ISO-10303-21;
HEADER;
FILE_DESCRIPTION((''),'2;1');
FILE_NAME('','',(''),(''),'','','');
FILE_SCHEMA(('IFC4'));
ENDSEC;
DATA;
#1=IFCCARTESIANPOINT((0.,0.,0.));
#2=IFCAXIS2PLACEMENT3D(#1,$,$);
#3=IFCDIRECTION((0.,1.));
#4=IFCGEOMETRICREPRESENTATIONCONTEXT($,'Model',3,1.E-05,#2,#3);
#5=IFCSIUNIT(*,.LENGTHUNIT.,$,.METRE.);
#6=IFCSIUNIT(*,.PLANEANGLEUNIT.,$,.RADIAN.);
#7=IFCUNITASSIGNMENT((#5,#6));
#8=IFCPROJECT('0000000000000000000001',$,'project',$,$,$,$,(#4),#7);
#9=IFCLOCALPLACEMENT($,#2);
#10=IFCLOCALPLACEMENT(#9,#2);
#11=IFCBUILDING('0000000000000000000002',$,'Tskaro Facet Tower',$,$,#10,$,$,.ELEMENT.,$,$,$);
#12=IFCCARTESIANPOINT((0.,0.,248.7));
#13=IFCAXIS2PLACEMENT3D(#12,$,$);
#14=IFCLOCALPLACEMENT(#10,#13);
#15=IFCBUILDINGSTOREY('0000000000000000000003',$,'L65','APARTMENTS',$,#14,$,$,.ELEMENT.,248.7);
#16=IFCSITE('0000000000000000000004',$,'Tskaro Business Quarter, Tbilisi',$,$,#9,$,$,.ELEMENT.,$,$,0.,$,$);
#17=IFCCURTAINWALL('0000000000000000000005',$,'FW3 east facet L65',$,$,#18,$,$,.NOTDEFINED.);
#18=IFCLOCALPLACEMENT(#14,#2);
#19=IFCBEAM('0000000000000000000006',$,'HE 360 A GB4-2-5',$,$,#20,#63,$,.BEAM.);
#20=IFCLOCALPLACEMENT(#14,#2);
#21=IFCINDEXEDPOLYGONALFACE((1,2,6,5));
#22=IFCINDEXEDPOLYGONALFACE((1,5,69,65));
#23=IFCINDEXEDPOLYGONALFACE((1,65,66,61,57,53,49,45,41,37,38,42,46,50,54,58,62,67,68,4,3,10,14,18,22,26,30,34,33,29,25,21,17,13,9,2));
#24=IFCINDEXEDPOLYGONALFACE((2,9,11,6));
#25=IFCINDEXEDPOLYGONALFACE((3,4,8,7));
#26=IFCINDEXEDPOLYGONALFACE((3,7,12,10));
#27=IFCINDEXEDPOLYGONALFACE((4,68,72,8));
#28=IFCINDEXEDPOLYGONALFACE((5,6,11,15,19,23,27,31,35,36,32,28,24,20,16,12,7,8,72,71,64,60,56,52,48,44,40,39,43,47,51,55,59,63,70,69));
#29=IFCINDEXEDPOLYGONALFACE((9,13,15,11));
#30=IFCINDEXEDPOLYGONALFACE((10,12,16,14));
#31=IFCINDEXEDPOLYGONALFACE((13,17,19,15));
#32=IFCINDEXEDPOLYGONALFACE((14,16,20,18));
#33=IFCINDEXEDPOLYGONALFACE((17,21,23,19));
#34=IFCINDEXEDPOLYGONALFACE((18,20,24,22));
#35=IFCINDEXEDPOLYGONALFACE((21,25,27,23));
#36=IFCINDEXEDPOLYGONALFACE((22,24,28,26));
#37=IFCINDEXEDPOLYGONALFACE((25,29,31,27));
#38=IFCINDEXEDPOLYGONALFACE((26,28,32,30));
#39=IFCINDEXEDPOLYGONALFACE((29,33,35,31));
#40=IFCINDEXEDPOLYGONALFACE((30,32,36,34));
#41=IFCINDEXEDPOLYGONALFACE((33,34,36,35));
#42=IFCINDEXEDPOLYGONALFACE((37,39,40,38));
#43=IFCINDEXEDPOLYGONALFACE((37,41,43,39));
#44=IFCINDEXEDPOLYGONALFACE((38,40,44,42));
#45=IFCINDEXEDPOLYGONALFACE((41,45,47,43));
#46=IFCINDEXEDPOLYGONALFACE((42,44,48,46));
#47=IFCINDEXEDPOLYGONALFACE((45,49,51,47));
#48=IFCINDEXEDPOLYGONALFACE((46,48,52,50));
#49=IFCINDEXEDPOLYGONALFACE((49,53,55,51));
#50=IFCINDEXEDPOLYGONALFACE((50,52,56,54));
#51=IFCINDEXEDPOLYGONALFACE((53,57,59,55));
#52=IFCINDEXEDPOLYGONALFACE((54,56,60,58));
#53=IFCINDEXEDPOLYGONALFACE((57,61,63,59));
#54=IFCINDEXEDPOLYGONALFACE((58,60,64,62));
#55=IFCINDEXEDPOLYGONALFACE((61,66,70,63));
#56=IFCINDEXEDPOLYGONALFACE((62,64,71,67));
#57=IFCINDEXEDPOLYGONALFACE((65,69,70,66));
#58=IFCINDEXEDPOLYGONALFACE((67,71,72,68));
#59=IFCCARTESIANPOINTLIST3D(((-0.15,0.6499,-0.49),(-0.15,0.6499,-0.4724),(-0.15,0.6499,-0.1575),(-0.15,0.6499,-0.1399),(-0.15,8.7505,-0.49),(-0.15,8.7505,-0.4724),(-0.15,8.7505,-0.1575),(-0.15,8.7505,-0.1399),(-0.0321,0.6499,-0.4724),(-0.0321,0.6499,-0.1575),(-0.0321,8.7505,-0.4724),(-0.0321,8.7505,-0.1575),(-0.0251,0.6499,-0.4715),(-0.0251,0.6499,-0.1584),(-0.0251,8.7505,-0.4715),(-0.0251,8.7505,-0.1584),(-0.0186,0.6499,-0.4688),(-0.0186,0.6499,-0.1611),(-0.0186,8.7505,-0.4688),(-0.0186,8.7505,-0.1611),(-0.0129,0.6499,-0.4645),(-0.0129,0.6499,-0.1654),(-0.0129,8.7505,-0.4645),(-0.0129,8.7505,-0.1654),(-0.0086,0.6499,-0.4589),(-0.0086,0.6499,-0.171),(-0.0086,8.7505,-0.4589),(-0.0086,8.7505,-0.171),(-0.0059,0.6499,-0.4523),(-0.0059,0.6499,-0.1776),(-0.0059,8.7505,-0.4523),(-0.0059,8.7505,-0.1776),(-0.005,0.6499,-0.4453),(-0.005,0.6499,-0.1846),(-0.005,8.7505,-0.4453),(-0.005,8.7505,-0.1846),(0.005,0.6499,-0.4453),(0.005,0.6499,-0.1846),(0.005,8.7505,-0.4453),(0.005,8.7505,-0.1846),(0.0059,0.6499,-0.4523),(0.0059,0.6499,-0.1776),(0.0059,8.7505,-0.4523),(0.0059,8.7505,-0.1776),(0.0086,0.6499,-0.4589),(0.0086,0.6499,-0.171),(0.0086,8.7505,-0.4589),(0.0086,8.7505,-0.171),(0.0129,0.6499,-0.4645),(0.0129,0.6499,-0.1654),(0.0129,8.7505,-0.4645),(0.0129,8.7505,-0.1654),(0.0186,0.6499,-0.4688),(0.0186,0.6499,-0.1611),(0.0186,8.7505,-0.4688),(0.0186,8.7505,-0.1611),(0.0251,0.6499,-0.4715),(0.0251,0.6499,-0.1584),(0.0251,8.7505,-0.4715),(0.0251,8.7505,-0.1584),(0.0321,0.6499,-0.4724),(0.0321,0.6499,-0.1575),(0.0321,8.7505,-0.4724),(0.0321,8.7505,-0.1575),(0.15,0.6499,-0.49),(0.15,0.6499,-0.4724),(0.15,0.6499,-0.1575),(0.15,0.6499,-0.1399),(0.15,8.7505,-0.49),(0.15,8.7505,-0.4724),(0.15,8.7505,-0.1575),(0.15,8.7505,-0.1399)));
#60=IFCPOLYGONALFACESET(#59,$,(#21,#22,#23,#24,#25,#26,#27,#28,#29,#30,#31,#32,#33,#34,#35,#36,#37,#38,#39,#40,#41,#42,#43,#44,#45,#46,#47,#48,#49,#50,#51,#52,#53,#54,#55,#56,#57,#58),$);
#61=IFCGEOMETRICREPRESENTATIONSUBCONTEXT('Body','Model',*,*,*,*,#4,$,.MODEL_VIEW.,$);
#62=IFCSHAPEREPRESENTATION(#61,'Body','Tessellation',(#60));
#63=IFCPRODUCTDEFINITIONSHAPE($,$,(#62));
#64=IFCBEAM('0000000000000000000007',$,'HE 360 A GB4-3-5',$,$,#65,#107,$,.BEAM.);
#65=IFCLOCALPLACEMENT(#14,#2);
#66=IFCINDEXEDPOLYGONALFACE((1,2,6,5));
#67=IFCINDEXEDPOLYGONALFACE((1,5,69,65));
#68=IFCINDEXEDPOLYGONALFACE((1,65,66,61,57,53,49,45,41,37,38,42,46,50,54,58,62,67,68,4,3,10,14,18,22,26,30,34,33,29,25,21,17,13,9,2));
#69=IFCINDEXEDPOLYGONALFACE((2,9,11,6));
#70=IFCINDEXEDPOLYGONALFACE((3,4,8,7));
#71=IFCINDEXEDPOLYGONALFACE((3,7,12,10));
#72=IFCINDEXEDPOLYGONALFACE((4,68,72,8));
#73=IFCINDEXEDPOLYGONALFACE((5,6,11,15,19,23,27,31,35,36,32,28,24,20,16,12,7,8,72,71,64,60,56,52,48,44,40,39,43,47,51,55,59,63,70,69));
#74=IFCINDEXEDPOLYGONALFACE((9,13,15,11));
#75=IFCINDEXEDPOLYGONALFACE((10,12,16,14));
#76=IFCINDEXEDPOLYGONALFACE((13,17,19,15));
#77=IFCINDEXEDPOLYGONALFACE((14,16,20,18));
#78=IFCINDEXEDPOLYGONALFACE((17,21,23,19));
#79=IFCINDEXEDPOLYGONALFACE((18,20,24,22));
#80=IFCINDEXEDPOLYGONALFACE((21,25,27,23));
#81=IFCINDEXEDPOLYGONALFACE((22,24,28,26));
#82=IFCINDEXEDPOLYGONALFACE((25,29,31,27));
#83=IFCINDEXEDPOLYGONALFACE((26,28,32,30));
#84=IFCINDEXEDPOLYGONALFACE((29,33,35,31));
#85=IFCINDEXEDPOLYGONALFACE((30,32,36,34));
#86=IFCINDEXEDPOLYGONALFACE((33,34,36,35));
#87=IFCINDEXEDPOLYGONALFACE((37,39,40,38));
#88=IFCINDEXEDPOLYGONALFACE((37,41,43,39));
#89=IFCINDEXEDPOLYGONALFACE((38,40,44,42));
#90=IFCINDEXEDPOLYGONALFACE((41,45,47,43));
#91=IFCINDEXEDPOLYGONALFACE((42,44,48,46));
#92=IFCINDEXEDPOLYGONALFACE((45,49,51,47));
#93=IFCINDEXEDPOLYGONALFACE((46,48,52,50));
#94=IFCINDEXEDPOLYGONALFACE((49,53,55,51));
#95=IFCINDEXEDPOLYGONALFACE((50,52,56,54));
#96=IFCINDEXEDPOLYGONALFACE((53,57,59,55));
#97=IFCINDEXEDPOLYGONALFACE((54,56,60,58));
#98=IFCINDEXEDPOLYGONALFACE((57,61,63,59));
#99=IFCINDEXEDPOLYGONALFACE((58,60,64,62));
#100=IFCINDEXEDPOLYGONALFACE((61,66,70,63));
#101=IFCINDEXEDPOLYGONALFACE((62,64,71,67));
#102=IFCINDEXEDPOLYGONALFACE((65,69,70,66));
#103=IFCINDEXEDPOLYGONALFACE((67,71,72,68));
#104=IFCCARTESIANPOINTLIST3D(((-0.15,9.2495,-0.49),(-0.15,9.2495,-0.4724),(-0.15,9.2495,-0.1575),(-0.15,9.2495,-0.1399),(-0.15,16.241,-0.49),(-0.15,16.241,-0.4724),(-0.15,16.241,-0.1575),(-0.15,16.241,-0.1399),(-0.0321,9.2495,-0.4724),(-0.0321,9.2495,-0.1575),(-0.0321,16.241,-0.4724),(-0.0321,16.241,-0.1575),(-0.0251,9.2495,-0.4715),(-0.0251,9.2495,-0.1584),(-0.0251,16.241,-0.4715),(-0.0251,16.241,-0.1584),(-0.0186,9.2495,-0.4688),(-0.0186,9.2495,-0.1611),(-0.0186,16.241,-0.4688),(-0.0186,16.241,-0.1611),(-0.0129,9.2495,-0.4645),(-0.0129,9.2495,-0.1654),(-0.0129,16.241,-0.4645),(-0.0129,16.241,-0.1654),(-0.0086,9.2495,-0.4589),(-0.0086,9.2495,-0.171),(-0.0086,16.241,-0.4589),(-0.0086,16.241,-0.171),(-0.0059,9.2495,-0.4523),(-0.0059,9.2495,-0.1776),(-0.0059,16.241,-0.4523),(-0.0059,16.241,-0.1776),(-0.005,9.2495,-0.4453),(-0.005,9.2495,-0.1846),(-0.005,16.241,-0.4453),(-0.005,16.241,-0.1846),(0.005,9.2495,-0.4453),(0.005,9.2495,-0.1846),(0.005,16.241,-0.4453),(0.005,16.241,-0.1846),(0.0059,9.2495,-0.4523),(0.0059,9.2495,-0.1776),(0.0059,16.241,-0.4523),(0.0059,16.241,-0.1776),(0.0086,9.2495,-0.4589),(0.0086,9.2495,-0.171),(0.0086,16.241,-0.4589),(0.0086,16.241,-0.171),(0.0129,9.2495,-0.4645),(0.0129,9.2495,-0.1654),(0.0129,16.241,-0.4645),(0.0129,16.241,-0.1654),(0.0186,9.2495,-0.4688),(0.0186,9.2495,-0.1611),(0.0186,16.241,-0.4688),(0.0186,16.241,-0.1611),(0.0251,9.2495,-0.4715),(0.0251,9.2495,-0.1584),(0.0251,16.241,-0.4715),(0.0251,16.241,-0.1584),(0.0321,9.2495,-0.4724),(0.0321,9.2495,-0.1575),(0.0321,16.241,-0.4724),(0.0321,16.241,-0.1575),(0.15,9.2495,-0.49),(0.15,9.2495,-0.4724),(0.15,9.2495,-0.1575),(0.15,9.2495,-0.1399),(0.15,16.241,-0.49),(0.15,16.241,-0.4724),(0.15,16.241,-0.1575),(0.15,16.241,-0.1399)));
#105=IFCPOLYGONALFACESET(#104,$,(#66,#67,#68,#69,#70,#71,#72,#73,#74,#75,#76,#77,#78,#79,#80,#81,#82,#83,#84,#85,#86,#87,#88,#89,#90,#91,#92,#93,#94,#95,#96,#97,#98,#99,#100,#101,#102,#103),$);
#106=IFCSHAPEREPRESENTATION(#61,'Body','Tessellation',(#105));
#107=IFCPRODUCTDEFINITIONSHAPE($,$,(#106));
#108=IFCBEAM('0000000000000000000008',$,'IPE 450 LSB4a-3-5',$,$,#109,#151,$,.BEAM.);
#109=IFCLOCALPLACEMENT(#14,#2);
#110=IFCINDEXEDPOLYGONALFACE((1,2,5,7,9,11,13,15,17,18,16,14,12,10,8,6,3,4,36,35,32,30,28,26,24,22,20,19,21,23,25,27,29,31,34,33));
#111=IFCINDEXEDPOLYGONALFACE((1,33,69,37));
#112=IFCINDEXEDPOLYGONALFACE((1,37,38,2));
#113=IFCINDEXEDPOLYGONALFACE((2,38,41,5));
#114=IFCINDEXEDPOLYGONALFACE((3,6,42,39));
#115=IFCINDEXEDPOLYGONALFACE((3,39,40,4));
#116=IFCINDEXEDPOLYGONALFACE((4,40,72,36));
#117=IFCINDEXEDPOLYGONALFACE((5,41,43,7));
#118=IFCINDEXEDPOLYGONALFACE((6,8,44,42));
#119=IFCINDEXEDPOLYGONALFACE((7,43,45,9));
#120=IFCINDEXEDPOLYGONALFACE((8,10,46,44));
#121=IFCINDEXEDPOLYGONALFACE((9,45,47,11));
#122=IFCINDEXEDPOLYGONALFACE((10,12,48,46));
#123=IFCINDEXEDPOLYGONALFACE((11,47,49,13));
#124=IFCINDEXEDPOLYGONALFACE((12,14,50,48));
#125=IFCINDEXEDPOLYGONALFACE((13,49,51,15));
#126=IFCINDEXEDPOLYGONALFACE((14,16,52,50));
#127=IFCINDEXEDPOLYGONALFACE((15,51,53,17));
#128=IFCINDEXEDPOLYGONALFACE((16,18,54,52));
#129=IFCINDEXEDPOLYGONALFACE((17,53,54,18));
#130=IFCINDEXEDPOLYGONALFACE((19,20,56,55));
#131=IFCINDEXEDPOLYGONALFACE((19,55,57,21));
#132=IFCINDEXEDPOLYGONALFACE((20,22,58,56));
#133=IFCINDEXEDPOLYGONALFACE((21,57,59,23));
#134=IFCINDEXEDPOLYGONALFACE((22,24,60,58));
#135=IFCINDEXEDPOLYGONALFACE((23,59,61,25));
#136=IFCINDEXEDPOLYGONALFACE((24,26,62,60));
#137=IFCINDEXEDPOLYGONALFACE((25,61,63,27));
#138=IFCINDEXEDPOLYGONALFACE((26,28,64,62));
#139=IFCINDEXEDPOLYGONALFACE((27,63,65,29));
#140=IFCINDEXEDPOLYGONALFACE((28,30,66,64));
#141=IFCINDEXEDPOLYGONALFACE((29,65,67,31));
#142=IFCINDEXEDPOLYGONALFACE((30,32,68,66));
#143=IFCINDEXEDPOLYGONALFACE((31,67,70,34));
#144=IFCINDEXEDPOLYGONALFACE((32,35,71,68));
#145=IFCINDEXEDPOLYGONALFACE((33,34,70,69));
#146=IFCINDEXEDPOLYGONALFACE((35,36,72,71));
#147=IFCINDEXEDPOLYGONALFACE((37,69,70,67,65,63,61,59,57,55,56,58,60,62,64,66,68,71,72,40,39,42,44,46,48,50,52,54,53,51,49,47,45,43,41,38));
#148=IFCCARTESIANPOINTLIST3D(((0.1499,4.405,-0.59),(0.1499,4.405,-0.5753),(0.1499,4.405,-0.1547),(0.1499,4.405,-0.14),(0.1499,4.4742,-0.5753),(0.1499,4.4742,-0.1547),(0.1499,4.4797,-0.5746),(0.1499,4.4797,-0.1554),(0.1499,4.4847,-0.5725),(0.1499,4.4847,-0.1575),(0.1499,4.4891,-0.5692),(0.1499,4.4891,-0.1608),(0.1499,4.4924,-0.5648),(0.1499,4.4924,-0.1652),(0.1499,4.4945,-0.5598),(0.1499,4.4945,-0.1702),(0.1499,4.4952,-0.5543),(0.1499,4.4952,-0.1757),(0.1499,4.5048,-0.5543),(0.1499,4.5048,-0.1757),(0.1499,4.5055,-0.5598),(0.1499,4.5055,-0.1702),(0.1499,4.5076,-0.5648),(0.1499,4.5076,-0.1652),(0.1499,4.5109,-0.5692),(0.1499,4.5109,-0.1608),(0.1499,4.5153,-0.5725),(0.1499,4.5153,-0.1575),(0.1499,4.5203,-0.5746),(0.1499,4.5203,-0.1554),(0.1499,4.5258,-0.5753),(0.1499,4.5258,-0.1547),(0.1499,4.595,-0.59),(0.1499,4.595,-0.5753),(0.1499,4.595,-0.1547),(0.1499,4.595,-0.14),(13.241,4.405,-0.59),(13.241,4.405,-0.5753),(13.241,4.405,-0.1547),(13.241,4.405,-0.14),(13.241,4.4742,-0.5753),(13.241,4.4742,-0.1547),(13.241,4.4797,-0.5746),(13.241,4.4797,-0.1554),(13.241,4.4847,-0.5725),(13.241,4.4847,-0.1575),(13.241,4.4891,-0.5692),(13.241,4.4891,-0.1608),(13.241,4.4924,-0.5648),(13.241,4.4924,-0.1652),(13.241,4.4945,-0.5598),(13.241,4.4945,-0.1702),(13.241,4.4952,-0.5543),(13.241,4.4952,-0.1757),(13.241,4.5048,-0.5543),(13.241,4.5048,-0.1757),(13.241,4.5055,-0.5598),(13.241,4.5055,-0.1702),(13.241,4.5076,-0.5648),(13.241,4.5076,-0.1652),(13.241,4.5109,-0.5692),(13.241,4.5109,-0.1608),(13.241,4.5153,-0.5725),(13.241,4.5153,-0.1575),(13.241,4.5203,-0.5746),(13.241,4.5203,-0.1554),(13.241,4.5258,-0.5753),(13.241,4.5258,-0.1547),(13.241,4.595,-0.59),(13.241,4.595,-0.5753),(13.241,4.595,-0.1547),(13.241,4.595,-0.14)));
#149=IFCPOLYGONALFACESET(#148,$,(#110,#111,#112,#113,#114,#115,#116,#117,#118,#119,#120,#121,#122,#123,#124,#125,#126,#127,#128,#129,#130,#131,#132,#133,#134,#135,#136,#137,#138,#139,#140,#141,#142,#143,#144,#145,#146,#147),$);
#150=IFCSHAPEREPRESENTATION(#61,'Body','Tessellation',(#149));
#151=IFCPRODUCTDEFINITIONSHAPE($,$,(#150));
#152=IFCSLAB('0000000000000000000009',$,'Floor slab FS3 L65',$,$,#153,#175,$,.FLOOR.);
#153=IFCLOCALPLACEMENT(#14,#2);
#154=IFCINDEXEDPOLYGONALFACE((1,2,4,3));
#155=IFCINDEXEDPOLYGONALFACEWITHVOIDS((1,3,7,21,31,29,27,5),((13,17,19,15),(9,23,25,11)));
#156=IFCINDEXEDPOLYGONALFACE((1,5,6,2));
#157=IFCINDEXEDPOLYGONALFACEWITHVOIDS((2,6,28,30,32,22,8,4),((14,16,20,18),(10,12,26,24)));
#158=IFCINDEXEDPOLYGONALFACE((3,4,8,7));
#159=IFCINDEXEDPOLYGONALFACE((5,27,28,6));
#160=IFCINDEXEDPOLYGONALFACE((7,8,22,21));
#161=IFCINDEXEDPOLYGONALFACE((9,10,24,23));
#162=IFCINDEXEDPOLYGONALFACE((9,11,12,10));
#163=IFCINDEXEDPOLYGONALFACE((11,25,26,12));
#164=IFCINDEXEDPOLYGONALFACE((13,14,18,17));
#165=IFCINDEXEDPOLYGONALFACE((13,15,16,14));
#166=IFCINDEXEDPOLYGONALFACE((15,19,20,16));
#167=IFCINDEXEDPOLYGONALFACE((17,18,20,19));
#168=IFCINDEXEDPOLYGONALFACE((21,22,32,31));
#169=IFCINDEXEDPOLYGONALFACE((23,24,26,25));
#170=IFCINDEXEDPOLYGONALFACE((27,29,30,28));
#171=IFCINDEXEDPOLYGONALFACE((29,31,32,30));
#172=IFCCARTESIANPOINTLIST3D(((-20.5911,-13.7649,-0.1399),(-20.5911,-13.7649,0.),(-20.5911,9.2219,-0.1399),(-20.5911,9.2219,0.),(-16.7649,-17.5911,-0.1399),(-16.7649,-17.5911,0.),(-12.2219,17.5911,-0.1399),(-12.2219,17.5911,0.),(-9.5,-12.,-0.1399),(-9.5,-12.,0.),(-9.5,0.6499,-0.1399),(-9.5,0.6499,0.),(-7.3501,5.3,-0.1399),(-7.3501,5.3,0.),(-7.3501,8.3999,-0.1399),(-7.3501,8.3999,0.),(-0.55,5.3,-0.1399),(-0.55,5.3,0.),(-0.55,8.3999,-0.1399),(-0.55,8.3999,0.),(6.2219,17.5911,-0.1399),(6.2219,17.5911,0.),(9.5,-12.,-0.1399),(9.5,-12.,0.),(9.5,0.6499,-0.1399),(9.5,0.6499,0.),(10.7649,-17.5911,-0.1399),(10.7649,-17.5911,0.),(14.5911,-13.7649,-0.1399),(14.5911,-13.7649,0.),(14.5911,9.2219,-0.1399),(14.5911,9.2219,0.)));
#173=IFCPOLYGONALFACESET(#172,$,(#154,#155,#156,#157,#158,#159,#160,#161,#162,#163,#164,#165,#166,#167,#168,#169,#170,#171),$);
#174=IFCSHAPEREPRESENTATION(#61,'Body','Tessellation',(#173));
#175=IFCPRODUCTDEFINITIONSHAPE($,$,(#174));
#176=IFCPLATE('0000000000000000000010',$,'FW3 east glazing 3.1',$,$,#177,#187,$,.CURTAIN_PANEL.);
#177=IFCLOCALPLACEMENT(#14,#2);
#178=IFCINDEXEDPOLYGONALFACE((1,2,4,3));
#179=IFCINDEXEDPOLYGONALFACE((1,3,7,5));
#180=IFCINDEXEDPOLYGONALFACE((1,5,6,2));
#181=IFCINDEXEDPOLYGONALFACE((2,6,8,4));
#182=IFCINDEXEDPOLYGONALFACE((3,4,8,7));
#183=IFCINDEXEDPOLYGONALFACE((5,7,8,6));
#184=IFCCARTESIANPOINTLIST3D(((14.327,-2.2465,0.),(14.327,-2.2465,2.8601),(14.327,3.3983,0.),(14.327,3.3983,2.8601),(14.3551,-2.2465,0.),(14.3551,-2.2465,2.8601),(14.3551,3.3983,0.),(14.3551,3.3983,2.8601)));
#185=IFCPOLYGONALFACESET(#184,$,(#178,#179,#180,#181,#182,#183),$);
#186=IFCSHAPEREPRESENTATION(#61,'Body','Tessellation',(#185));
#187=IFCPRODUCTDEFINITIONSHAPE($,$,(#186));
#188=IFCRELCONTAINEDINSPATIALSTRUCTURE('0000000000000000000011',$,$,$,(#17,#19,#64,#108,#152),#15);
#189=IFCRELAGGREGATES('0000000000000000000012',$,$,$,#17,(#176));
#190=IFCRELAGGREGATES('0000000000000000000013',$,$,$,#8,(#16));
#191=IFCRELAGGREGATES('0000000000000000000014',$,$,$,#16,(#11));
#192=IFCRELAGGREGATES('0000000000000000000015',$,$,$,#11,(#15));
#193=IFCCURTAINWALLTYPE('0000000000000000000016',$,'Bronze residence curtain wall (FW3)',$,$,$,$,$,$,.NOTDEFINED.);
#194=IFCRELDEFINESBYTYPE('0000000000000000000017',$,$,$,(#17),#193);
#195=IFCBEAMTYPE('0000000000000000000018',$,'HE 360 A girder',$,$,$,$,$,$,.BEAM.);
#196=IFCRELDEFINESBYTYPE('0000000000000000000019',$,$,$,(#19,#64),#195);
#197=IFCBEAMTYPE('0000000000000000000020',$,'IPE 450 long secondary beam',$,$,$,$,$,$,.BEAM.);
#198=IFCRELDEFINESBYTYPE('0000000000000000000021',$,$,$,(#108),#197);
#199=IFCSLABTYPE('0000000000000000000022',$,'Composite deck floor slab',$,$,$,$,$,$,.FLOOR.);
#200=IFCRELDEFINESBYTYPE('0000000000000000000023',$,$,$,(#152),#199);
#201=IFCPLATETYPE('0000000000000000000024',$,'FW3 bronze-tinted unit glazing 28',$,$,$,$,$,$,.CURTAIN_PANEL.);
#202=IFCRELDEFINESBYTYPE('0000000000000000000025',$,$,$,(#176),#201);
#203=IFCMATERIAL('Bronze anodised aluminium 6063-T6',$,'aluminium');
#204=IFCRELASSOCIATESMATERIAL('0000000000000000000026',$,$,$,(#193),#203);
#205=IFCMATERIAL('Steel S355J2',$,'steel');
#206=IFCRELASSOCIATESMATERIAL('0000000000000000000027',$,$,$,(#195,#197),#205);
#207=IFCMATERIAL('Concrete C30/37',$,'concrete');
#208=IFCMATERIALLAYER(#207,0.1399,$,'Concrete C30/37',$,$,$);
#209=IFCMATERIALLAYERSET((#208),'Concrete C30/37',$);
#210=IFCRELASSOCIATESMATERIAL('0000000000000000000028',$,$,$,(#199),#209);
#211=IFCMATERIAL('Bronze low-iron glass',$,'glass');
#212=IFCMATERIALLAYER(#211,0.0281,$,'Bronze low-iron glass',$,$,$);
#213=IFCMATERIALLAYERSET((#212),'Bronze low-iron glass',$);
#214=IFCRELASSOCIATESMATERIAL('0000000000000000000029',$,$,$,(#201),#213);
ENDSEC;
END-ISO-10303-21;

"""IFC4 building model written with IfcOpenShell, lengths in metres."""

from ifc_helpers import new_model, si_unit, direction, frame, origin, origin_2d, place, context, subcontext, project, spatial, polyline, rectangle, i_section, outline, extrude, material, layer, layer_set, material_profile, profile_set, type_object, element, aggregate, save


model = new_model("IFC4")

# Units and contexts
model_context = context("Model", 3, precision=1e-05, world=origin(), true_north=direction((0.0, 1.0)))
body_context = subcontext(model_context, "Body", "Model", "MODEL_VIEW")
ifc_project = project(units=[si_unit("LENGTHUNIT", "METRE"), si_unit("PLANEANGLEUNIT", "RADIAN")], contexts=[model_context])

# Site, building, storey
site_placement = place(None, origin())
site = spatial("IfcSite", under=ifc_project, at=site_placement, Name="Tskaro Business Quarter, Tbilisi", CompositionType="ELEMENT", RefElevation=0.0)
building_placement = place(site_placement, origin())
building = spatial("IfcBuilding", under=site, at=building_placement, Name="Tskaro Facet Tower", CompositionType="ELEMENT")
storey_placement = place(building_placement, frame((0.0, 0.0, 248.7)))
storey = spatial("IfcBuildingStorey", under=building, at=storey_placement, Name="L65", Description="APARTMENTS", CompositionType="ELEMENT", Elevation=248.7)

# Shared definitions
ifc_material_1 = material(Name="Bronze anodised aluminium 6063-T6", Category="aluminium")
curtain_wall_type = type_object("IfcCurtainWallType", Name="Bronze residence curtain wall (FW3)", PredefinedType="NOTDEFINED", material=ifc_material_1)

# Curtain wall
curtain_wall_1_placement = place(storey_placement, origin())
curtain_wall_1 = element("IfcCurtainWall", 1, at=curtain_wall_1_placement, inside=storey, type_object=curtain_wall_type, Name="FW3 east facet L65", PredefinedType="NOTDEFINED")

# Beams
ifc_material_2 = material(Name="Steel S355J2", Category="steel")
ifc_material_profile_1 = material_profile(ifc_material_2, i_section(OverallWidth=0.3, OverallDepth=0.3501, WebThickness=0.01, FlangeThickness=0.0176, FilletRadius=0.0271, at=origin_2d()), Name="HE 360 A")
ifc_profile_set_1 = profile_set([ifc_material_profile_1], Name="Steel S355J2")
beam_type_1 = type_object("IfcBeamType", Name="HE 360 A girder", PredefinedType="BEAM", material=ifc_profile_set_1)
beam_1_placement = place(storey_placement, frame((0.0, 0.6499, -0.3149), z_axis=(0.0, 1.0, 0.0), x_axis=(-1.0, 0.0, 0.0)))
element("IfcBeam", 2, at=beam_1_placement, inside=storey, type_object=beam_type_1, Name="HE 360 A GB4-2-5", PredefinedType="BEAM", context=body_context, shape_type="SweptSolid", body=[
    extrude(i_section(OverallWidth=0.3, OverallDepth=0.3501, WebThickness=0.01, FlangeThickness=0.0176, FilletRadius=0.0271, at=origin_2d()), origin(), (0.0, 0.0, 1.0), 8.1006),
])
beam_2_placement = place(storey_placement, frame((0.0, 9.2495, -0.3149), z_axis=(0.0, 1.0, 0.0), x_axis=(-1.0, 0.0, 0.0)))
element("IfcBeam", 3, at=beam_2_placement, inside=storey, type_object=beam_type_1, Name="HE 360 A GB4-3-5", PredefinedType="BEAM", context=body_context, shape_type="SweptSolid", body=[
    extrude(i_section(OverallWidth=0.3, OverallDepth=0.3501, WebThickness=0.01, FlangeThickness=0.0176, FilletRadius=0.0271, at=origin_2d()), origin(), (0.0, 0.0, 1.0), 6.9915),
])
ifc_material_profile_2 = material_profile(ifc_material_2, i_section(OverallWidth=0.1899, OverallDepth=0.45, WebThickness=0.0095, FlangeThickness=0.0146, FilletRadius=0.021, at=origin_2d()), Name="IPE 450")
ifc_profile_set_2 = profile_set([ifc_material_profile_2], Name="Steel S355J2")
beam_type_2 = type_object("IfcBeamType", Name="IPE 450 long secondary beam", PredefinedType="BEAM", material=ifc_profile_set_2)
beam_3_placement = place(storey_placement, frame((0.1499, 4.5, -0.365), z_axis=(1.0, 0.0, 0.0), x_axis=(0.0, 1.0, 0.0)))
element("IfcBeam", 4, at=beam_3_placement, inside=storey, type_object=beam_type_2, Name="IPE 450 LSB4a-3-5", PredefinedType="BEAM", context=body_context, shape_type="SweptSolid", body=[
    extrude(i_section(OverallWidth=0.1899, OverallDepth=0.45, WebThickness=0.0095, FlangeThickness=0.0146, FilletRadius=0.021, at=origin_2d()), origin(), (0.0, 0.0, 1.0), 13.0911),
])

# Slab
ifc_material_3 = material(Name="Concrete C30/37", Category="concrete")
ifc_layer_1 = layer(ifc_material_3, 0.1399, Name="Concrete C30/37")
ifc_layer_set_1 = layer_set([ifc_layer_1], Name="Concrete C30/37")
slab_type_1 = type_object("IfcSlabType", Name="Composite deck floor slab", PredefinedType="FLOOR", material=ifc_layer_set_1)
slab_1_placement = place(storey_placement, frame((0.0, 0.0, -0.1399)))
element("IfcSlab", 5, at=slab_1_placement, inside=storey, type_object=slab_type_1, Name="Floor slab FS3 L65", PredefinedType="FLOOR", context=body_context, shape_type="SweptSolid", body=[
    extrude(outline(polyline([(-16.7649, -17.5911), (10.7649, -17.5911), (14.5911, -13.7649), (14.5911, 9.2219), (6.2219, 17.5911), (-12.2219, 17.5911), (-20.5911, 9.2219), (-20.5911, -13.7649), (-16.7649, -17.5911)]), holes=[polyline([(-9.5, -12.0), (9.5, -12.0), (9.5, 0.6499), (-9.5, 0.6499), (-9.5, -12.0)]), polyline([(-7.3501, 5.3), (-0.55, 5.3), (-0.55, 8.3999), (-7.3501, 8.3999), (-7.3501, 5.3)])]), origin(), (0.0, 0.0, 1.0), 0.1399),
])

# Plate
ifc_material_4 = material(Name="Bronze low-iron glass", Category="glass")
ifc_layer_2 = layer(ifc_material_4, 0.0281, Name="Bronze low-iron glass")
ifc_layer_set_2 = layer_set([ifc_layer_2], Name="Bronze low-iron glass")
plate_type = type_object("IfcPlateType", Name="FW3 bronze-tinted unit glazing 28", PredefinedType="CURTAIN_PANEL", material=ifc_layer_set_2)
plate_1_placement = place(storey_placement, frame((14.3411, 0.5759, 0.0), z_axis=(0.0, 0.0, 1.0), x_axis=(0.0, 1.0, 0.0)))
plate_1 = element("IfcPlate", 6, at=plate_1_placement, type_object=plate_type, Name="FW3 east glazing 3.1", PredefinedType="CURTAIN_PANEL", context=body_context, shape_type="SweptSolid", body=[
    extrude(rectangle(XDim=5.6448, YDim=0.0281, at=origin_2d()), origin(), (0.0, 0.0, 1.0), 2.8601),
])
aggregate(curtain_wall_1, [plate_1])

save(model, "model.ifc")
